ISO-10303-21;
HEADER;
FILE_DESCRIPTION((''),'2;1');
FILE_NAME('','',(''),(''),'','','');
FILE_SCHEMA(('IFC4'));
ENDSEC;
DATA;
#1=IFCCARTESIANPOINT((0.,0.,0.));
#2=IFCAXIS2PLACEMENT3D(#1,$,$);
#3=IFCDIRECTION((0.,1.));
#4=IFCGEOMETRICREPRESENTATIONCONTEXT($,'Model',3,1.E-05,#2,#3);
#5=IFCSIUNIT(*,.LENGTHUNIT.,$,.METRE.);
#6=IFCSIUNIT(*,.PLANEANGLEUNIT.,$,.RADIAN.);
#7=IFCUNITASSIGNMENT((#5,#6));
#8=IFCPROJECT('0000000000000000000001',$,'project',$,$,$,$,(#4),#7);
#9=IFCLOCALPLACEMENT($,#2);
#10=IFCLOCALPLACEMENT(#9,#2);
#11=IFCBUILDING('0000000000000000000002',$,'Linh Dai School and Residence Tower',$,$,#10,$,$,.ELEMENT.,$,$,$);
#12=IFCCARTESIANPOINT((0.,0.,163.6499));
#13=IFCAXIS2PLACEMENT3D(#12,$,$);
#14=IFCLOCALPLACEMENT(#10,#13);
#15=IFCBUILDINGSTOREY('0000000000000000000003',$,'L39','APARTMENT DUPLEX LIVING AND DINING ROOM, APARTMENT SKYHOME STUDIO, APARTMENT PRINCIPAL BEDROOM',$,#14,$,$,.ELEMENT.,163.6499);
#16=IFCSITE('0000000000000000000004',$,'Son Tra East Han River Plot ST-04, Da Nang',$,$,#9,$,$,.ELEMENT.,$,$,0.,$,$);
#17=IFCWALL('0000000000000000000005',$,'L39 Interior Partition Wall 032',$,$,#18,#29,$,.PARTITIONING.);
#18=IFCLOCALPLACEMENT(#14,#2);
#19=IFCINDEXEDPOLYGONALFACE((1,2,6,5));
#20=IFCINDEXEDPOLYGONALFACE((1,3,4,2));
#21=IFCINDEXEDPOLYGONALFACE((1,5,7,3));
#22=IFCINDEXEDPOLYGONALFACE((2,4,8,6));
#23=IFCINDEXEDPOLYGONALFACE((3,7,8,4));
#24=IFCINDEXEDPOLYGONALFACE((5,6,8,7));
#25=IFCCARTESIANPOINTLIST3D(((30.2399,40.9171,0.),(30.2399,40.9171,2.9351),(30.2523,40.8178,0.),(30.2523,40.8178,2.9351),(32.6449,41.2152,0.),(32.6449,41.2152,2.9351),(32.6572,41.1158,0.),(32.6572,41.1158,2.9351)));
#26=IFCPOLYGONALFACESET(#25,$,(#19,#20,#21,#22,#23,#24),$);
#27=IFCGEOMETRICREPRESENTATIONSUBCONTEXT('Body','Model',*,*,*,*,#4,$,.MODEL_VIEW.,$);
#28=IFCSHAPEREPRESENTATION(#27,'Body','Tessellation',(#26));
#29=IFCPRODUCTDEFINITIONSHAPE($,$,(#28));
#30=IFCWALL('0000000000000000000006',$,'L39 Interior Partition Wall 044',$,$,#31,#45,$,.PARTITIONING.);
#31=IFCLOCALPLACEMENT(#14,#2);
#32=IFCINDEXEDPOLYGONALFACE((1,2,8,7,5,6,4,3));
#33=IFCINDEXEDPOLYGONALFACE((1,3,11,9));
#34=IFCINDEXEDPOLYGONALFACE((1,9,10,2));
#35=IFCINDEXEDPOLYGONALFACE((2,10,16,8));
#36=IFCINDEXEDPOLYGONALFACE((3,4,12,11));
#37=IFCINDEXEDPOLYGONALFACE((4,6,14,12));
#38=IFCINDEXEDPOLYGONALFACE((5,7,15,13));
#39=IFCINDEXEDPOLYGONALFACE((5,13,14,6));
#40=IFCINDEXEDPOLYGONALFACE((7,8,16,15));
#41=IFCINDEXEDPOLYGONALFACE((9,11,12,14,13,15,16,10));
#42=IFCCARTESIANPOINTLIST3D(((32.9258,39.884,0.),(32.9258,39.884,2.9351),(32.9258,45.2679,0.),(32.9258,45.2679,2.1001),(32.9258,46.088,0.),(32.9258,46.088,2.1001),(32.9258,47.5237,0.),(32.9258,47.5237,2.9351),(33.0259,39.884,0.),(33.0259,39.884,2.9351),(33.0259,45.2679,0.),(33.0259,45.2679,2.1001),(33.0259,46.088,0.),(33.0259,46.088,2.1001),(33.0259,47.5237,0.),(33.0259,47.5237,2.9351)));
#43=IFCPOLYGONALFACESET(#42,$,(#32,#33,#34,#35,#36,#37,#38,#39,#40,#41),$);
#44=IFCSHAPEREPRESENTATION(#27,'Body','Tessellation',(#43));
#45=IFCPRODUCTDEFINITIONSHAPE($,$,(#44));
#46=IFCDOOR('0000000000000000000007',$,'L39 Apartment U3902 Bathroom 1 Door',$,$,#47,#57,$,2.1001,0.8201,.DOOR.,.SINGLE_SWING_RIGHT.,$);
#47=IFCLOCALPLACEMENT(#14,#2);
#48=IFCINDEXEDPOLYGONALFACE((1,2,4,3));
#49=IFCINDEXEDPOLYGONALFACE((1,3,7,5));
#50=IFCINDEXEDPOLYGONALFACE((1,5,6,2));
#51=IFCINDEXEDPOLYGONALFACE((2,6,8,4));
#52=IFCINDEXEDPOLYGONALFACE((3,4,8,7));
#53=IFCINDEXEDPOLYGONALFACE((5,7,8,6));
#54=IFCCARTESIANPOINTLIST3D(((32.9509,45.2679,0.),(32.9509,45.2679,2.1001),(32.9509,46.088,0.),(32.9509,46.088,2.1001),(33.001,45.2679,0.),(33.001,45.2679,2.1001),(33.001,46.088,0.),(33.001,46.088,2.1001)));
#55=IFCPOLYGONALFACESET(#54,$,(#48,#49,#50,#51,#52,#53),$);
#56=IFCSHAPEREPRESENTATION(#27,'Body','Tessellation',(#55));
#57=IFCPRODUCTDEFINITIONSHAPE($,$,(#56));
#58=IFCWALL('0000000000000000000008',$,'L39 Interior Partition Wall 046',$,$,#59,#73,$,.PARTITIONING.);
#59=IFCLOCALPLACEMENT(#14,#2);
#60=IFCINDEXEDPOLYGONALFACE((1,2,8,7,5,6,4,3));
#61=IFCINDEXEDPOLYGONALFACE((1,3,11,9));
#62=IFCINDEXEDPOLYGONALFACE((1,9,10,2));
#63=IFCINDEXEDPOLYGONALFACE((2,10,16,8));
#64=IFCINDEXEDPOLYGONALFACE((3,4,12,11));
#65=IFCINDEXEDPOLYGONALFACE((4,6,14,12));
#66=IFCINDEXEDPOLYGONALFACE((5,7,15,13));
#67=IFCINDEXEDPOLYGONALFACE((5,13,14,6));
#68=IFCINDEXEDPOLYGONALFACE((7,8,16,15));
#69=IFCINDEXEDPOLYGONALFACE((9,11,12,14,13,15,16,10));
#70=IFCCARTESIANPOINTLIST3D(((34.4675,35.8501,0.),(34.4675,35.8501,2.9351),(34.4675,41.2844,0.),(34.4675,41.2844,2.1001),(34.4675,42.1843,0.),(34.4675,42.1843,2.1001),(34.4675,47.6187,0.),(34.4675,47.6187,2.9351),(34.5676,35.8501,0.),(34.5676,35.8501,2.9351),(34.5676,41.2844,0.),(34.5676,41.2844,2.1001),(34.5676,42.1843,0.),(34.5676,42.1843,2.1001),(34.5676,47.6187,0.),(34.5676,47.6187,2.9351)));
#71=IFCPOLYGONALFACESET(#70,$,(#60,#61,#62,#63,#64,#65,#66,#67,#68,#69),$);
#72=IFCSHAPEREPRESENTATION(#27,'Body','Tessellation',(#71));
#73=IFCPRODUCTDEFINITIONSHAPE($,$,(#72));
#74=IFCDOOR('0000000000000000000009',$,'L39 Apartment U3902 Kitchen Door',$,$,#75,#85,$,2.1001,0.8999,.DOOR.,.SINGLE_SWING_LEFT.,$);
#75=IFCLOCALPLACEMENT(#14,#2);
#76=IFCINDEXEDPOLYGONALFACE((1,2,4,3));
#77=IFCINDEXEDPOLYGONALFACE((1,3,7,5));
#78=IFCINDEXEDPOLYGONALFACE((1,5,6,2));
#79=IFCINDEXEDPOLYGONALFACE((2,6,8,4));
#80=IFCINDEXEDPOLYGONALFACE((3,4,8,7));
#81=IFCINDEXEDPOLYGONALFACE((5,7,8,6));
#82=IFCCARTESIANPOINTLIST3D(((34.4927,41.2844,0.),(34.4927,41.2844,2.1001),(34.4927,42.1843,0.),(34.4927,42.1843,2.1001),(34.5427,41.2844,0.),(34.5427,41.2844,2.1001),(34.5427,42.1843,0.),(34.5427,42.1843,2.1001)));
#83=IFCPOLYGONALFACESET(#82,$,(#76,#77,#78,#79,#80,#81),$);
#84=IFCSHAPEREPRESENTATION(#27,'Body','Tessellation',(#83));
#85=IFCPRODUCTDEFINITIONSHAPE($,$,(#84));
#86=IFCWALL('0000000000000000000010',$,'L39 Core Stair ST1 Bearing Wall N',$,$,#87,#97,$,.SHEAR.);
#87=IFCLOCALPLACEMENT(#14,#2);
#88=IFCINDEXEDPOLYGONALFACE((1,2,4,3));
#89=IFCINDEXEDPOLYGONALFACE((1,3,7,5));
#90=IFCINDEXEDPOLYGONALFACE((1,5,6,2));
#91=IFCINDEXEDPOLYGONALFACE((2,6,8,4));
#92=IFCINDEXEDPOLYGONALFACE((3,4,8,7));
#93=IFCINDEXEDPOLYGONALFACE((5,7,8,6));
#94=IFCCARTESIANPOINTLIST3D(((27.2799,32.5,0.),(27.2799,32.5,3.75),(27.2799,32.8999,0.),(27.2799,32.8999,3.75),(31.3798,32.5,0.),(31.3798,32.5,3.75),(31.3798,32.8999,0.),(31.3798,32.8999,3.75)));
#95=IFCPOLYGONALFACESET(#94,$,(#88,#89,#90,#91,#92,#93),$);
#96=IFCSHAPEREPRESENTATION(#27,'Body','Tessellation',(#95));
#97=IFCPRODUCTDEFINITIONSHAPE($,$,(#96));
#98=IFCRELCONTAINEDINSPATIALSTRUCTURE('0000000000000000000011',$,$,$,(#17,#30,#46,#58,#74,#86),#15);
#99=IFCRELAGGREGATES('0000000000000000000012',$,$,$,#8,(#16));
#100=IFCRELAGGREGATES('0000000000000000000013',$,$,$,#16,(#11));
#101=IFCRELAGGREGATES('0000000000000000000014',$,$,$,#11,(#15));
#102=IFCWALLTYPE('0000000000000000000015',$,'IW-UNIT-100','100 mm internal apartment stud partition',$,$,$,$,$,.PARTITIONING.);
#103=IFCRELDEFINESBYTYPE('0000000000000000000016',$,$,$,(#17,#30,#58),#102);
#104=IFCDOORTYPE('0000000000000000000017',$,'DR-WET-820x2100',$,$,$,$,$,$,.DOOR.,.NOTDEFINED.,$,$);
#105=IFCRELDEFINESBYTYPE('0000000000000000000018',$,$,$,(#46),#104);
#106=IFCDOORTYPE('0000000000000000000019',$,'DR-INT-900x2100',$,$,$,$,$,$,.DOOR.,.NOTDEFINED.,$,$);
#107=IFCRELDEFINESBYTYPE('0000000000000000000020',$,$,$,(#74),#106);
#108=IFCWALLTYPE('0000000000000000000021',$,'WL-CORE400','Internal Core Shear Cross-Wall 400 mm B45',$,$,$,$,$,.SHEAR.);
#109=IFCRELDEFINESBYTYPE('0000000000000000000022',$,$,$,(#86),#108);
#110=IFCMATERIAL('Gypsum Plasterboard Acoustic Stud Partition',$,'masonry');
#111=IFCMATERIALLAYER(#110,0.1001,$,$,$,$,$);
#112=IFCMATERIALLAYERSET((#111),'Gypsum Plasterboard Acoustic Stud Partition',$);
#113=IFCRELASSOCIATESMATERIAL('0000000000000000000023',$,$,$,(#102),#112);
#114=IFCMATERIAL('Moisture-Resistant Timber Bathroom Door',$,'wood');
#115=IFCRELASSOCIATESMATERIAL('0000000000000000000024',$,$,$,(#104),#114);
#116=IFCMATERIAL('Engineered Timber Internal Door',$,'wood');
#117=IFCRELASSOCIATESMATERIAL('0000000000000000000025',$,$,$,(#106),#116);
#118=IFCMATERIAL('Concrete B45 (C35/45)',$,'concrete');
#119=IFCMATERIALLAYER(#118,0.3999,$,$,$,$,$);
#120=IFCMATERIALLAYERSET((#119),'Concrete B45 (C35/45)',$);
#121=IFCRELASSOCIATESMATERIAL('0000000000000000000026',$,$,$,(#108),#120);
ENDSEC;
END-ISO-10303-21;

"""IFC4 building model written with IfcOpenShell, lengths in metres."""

from ifc_helpers import new_model, si_unit, direction, frame, frame_2d, origin, origin_2d, place, context, subcontext, project, spatial, rectangle, extrude, source, transform, mapped, material, layer, layer_set, type_object, element, fill, save


model = new_model("IFC4")

# Units and contexts
model_context = context("Model", 3, precision=1e-05, world=origin(), true_north=direction((0.0, 1.0)))
body_context = subcontext(model_context, "Body", "Model", "MODEL_VIEW")
ifc_project = project(units=[si_unit("LENGTHUNIT", "METRE"), si_unit("PLANEANGLEUNIT", "RADIAN")], contexts=[model_context])

# Site, building, storey
site_placement = place(None, origin())
site = spatial("IfcSite", under=ifc_project, at=site_placement, Name="Son Tra East Han River Plot ST-04, Da Nang", CompositionType="ELEMENT", RefElevation=0.0)
building_placement = place(site_placement, origin())
building = spatial("IfcBuilding", under=site, at=building_placement, Name="Linh Dai School and Residence Tower", CompositionType="ELEMENT")
storey_placement = place(building_placement, frame((0.0, 0.0, 163.6499)))
storey = spatial("IfcBuildingStorey", under=building, at=storey_placement, Name="L39", Description="APARTMENT DUPLEX LIVING AND DINING ROOM, APARTMENT SKYHOME STUDIO, APARTMENT PRINCIPAL BEDROOM", CompositionType="ELEMENT", Elevation=163.6499)

# Wall
ifc_material_1 = material(Name="Gypsum Plasterboard Acoustic Stud Partition", Category="masonry")
ifc_layer_1 = layer(ifc_material_1, 0.1001)
ifc_layer_set_1 = layer_set([ifc_layer_1], Name="Gypsum Plasterboard Acoustic Stud Partition")
wall_type_1 = type_object("IfcWallType", Name="IW-UNIT-100", Description="100 mm internal apartment stud partition", PredefinedType="PARTITIONING", material=ifc_layer_set_1)
wall_1_placement = place(storey_placement, frame((30.2461, 40.8674, 0.0), z_axis=(0.0, 0.0, 1.0), x_axis=(0.992406, 0.123006, 0.0)))
element("IfcWall", 1, at=wall_1_placement, inside=storey, type_object=wall_type_1, Name="L39 Interior Partition Wall 032", PredefinedType="PARTITIONING", context=body_context, shape_type="SweptSolid", body=[
    extrude(rectangle(XDim=2.4233, YDim=0.1001, at=frame_2d((1.2117, 0.0))), origin(), (0.0, 0.0, 1.0), 2.9351),
])

# Walls, openings, doors
wall_2_placement = place(storey_placement, frame((32.9758, 39.884, 0.0), z_axis=(0.0, 0.0, 1.0), x_axis=(0.0, 1.0, 0.0)))
wall_2 = element("IfcWall", 2, at=wall_2_placement, inside=storey, type_object=wall_type_1, Name="L39 Interior Partition Wall 044", PredefinedType="PARTITIONING", context=body_context, shape_type="SweptSolid", body=[
    extrude(rectangle(XDim=7.6396, YDim=0.1001, at=frame_2d((3.8198, 0.0))), origin(), (0.0, 0.0, 1.0), 2.9351),
])
opening_1_placement = place(wall_2_placement, frame((5.3838, 0.0, 0.0)))
opening_1 = element("IfcOpeningElement", 3, at=opening_1_placement, cuts=wall_2, PredefinedType="OPENING", context=body_context, shape_type="SweptSolid", body=[
    extrude(rectangle(XDim=0.8201, YDim=2.1001, at=origin_2d()), frame((0.4102, 0.0601, 1.05), z_axis=(0.0, -1.0, 0.0), x_axis=(1.0, 0.0, 0.0)), (0.0, 0.0, 1.0), 0.1201),
])
ifc_material_2 = material(Name="Moisture-Resistant Timber Bathroom Door", Category="wood")
door_type_1 = type_object("IfcDoorType", Name="DR-WET-820x2100", OperationType="NOTDEFINED", PredefinedType="DOOR", material=ifc_material_2)
shared_shape_1 = source(origin(), body_context, "Body", "SweptSolid", [
    extrude(rectangle(XDim=0.8201, YDim=2.1001, at=origin_2d()), frame((0.4102, 0.0249, 1.05), z_axis=(0.0, -1.0, 0.0), x_axis=(1.0, 0.0, 0.0)), (0.0, 0.0, 1.0), 0.05),
])
door_1_placement = place(opening_1_placement, origin())
door_1 = element("IfcDoor", 4, at=door_1_placement, inside=storey, type_object=door_type_1, Name="L39 Apartment U3902 Bathroom 1 Door", OperationType="SINGLE_SWING_RIGHT", OverallHeight=2.1001, OverallWidth=0.8201, PredefinedType="DOOR", context=body_context, shape_type="MappedRepresentation", body=[
    mapped(shared_shape_1, transform((0.0, 0.0, 0.0), x_axis=(1.0, 0.0, 0.0), y_axis=(0.0, 1.0, 0.0), z_axis=(0.0, 0.0, 1.0), scale=1.0)),
])
fill(opening_1, door_1)
wall_3_placement = place(storey_placement, frame((34.5176, 35.8501, 0.0), z_axis=(0.0, 0.0, 1.0), x_axis=(0.0, 1.0, 0.0)))
wall_3 = element("IfcWall", 5, at=wall_3_placement, inside=storey, type_object=wall_type_1, Name="L39 Interior Partition Wall 046", PredefinedType="PARTITIONING", context=body_context, shape_type="SweptSolid", body=[
    extrude(rectangle(XDim=11.7686, YDim=0.1001, at=frame_2d((5.8843, 0.0))), origin(), (0.0, 0.0, 1.0), 2.9351),
])
opening_2_placement = place(wall_3_placement, frame((5.4343, 0.0, 0.0)))
opening_2 = element("IfcOpeningElement", 6, at=opening_2_placement, cuts=wall_3, PredefinedType="OPENING", context=body_context, shape_type="SweptSolid", body=[
    extrude(rectangle(XDim=0.8999, YDim=2.1001, at=origin_2d()), frame((0.45, 0.0601, 1.05), z_axis=(0.0, -1.0, 0.0), x_axis=(1.0, 0.0, 0.0)), (0.0, 0.0, 1.0), 0.1201),
])
ifc_material_3 = material(Name="Engineered Timber Internal Door", Category="wood")
door_type_2 = type_object("IfcDoorType", Name="DR-INT-900x2100", OperationType="NOTDEFINED", PredefinedType="DOOR", material=ifc_material_3)
shared_shape_2 = source(origin(), body_context, "Body", "SweptSolid", [
    extrude(rectangle(XDim=0.8999, YDim=2.1001, at=origin_2d()), frame((0.45, 0.0249, 1.05), z_axis=(0.0, -1.0, 0.0), x_axis=(1.0, 0.0, 0.0)), (0.0, 0.0, 1.0), 0.05),
])
door_2_placement = place(opening_2_placement, origin())
door_2 = element("IfcDoor", 7, at=door_2_placement, inside=storey, type_object=door_type_2, Name="L39 Apartment U3902 Kitchen Door", OperationType="SINGLE_SWING_LEFT", OverallHeight=2.1001, OverallWidth=0.8999, PredefinedType="DOOR", context=body_context, shape_type="MappedRepresentation", body=[
    mapped(shared_shape_2, transform((0.0, 0.0, 0.0), x_axis=(1.0, 0.0, 0.0), y_axis=(0.0, 1.0, 0.0), z_axis=(0.0, 0.0, 1.0), scale=1.0)),
])
fill(opening_2, door_2)

# Wall
ifc_material_4 = material(Name="Concrete B45 (C35/45)", Category="concrete")
ifc_layer_2 = layer(ifc_material_4, 0.3999)
ifc_layer_set_2 = layer_set([ifc_layer_2], Name="Concrete B45 (C35/45)")
wall_type_2 = type_object("IfcWallType", Name="WL-CORE400", Description="Internal Core Shear Cross-Wall 400 mm B45", PredefinedType="SHEAR", material=ifc_layer_set_2)
wall_4_placement = place(storey_placement, frame((27.28, 32.7, 0.0), z_axis=(0.0, 0.0, 1.0), x_axis=(1.0, 0.0, 0.0)))
element("IfcWall", 8, at=wall_4_placement, inside=storey, type_object=wall_type_2, Name="L39 Core Stair ST1 Bearing Wall N", PredefinedType="SHEAR", context=body_context, shape_type="SweptSolid", body=[
    extrude(rectangle(XDim=4.0999, YDim=0.3999, at=frame_2d((2.0498, 0.0))), origin(), (0.0, 0.0, 1.0), 3.75),
])

save(model, "model.ifc")
